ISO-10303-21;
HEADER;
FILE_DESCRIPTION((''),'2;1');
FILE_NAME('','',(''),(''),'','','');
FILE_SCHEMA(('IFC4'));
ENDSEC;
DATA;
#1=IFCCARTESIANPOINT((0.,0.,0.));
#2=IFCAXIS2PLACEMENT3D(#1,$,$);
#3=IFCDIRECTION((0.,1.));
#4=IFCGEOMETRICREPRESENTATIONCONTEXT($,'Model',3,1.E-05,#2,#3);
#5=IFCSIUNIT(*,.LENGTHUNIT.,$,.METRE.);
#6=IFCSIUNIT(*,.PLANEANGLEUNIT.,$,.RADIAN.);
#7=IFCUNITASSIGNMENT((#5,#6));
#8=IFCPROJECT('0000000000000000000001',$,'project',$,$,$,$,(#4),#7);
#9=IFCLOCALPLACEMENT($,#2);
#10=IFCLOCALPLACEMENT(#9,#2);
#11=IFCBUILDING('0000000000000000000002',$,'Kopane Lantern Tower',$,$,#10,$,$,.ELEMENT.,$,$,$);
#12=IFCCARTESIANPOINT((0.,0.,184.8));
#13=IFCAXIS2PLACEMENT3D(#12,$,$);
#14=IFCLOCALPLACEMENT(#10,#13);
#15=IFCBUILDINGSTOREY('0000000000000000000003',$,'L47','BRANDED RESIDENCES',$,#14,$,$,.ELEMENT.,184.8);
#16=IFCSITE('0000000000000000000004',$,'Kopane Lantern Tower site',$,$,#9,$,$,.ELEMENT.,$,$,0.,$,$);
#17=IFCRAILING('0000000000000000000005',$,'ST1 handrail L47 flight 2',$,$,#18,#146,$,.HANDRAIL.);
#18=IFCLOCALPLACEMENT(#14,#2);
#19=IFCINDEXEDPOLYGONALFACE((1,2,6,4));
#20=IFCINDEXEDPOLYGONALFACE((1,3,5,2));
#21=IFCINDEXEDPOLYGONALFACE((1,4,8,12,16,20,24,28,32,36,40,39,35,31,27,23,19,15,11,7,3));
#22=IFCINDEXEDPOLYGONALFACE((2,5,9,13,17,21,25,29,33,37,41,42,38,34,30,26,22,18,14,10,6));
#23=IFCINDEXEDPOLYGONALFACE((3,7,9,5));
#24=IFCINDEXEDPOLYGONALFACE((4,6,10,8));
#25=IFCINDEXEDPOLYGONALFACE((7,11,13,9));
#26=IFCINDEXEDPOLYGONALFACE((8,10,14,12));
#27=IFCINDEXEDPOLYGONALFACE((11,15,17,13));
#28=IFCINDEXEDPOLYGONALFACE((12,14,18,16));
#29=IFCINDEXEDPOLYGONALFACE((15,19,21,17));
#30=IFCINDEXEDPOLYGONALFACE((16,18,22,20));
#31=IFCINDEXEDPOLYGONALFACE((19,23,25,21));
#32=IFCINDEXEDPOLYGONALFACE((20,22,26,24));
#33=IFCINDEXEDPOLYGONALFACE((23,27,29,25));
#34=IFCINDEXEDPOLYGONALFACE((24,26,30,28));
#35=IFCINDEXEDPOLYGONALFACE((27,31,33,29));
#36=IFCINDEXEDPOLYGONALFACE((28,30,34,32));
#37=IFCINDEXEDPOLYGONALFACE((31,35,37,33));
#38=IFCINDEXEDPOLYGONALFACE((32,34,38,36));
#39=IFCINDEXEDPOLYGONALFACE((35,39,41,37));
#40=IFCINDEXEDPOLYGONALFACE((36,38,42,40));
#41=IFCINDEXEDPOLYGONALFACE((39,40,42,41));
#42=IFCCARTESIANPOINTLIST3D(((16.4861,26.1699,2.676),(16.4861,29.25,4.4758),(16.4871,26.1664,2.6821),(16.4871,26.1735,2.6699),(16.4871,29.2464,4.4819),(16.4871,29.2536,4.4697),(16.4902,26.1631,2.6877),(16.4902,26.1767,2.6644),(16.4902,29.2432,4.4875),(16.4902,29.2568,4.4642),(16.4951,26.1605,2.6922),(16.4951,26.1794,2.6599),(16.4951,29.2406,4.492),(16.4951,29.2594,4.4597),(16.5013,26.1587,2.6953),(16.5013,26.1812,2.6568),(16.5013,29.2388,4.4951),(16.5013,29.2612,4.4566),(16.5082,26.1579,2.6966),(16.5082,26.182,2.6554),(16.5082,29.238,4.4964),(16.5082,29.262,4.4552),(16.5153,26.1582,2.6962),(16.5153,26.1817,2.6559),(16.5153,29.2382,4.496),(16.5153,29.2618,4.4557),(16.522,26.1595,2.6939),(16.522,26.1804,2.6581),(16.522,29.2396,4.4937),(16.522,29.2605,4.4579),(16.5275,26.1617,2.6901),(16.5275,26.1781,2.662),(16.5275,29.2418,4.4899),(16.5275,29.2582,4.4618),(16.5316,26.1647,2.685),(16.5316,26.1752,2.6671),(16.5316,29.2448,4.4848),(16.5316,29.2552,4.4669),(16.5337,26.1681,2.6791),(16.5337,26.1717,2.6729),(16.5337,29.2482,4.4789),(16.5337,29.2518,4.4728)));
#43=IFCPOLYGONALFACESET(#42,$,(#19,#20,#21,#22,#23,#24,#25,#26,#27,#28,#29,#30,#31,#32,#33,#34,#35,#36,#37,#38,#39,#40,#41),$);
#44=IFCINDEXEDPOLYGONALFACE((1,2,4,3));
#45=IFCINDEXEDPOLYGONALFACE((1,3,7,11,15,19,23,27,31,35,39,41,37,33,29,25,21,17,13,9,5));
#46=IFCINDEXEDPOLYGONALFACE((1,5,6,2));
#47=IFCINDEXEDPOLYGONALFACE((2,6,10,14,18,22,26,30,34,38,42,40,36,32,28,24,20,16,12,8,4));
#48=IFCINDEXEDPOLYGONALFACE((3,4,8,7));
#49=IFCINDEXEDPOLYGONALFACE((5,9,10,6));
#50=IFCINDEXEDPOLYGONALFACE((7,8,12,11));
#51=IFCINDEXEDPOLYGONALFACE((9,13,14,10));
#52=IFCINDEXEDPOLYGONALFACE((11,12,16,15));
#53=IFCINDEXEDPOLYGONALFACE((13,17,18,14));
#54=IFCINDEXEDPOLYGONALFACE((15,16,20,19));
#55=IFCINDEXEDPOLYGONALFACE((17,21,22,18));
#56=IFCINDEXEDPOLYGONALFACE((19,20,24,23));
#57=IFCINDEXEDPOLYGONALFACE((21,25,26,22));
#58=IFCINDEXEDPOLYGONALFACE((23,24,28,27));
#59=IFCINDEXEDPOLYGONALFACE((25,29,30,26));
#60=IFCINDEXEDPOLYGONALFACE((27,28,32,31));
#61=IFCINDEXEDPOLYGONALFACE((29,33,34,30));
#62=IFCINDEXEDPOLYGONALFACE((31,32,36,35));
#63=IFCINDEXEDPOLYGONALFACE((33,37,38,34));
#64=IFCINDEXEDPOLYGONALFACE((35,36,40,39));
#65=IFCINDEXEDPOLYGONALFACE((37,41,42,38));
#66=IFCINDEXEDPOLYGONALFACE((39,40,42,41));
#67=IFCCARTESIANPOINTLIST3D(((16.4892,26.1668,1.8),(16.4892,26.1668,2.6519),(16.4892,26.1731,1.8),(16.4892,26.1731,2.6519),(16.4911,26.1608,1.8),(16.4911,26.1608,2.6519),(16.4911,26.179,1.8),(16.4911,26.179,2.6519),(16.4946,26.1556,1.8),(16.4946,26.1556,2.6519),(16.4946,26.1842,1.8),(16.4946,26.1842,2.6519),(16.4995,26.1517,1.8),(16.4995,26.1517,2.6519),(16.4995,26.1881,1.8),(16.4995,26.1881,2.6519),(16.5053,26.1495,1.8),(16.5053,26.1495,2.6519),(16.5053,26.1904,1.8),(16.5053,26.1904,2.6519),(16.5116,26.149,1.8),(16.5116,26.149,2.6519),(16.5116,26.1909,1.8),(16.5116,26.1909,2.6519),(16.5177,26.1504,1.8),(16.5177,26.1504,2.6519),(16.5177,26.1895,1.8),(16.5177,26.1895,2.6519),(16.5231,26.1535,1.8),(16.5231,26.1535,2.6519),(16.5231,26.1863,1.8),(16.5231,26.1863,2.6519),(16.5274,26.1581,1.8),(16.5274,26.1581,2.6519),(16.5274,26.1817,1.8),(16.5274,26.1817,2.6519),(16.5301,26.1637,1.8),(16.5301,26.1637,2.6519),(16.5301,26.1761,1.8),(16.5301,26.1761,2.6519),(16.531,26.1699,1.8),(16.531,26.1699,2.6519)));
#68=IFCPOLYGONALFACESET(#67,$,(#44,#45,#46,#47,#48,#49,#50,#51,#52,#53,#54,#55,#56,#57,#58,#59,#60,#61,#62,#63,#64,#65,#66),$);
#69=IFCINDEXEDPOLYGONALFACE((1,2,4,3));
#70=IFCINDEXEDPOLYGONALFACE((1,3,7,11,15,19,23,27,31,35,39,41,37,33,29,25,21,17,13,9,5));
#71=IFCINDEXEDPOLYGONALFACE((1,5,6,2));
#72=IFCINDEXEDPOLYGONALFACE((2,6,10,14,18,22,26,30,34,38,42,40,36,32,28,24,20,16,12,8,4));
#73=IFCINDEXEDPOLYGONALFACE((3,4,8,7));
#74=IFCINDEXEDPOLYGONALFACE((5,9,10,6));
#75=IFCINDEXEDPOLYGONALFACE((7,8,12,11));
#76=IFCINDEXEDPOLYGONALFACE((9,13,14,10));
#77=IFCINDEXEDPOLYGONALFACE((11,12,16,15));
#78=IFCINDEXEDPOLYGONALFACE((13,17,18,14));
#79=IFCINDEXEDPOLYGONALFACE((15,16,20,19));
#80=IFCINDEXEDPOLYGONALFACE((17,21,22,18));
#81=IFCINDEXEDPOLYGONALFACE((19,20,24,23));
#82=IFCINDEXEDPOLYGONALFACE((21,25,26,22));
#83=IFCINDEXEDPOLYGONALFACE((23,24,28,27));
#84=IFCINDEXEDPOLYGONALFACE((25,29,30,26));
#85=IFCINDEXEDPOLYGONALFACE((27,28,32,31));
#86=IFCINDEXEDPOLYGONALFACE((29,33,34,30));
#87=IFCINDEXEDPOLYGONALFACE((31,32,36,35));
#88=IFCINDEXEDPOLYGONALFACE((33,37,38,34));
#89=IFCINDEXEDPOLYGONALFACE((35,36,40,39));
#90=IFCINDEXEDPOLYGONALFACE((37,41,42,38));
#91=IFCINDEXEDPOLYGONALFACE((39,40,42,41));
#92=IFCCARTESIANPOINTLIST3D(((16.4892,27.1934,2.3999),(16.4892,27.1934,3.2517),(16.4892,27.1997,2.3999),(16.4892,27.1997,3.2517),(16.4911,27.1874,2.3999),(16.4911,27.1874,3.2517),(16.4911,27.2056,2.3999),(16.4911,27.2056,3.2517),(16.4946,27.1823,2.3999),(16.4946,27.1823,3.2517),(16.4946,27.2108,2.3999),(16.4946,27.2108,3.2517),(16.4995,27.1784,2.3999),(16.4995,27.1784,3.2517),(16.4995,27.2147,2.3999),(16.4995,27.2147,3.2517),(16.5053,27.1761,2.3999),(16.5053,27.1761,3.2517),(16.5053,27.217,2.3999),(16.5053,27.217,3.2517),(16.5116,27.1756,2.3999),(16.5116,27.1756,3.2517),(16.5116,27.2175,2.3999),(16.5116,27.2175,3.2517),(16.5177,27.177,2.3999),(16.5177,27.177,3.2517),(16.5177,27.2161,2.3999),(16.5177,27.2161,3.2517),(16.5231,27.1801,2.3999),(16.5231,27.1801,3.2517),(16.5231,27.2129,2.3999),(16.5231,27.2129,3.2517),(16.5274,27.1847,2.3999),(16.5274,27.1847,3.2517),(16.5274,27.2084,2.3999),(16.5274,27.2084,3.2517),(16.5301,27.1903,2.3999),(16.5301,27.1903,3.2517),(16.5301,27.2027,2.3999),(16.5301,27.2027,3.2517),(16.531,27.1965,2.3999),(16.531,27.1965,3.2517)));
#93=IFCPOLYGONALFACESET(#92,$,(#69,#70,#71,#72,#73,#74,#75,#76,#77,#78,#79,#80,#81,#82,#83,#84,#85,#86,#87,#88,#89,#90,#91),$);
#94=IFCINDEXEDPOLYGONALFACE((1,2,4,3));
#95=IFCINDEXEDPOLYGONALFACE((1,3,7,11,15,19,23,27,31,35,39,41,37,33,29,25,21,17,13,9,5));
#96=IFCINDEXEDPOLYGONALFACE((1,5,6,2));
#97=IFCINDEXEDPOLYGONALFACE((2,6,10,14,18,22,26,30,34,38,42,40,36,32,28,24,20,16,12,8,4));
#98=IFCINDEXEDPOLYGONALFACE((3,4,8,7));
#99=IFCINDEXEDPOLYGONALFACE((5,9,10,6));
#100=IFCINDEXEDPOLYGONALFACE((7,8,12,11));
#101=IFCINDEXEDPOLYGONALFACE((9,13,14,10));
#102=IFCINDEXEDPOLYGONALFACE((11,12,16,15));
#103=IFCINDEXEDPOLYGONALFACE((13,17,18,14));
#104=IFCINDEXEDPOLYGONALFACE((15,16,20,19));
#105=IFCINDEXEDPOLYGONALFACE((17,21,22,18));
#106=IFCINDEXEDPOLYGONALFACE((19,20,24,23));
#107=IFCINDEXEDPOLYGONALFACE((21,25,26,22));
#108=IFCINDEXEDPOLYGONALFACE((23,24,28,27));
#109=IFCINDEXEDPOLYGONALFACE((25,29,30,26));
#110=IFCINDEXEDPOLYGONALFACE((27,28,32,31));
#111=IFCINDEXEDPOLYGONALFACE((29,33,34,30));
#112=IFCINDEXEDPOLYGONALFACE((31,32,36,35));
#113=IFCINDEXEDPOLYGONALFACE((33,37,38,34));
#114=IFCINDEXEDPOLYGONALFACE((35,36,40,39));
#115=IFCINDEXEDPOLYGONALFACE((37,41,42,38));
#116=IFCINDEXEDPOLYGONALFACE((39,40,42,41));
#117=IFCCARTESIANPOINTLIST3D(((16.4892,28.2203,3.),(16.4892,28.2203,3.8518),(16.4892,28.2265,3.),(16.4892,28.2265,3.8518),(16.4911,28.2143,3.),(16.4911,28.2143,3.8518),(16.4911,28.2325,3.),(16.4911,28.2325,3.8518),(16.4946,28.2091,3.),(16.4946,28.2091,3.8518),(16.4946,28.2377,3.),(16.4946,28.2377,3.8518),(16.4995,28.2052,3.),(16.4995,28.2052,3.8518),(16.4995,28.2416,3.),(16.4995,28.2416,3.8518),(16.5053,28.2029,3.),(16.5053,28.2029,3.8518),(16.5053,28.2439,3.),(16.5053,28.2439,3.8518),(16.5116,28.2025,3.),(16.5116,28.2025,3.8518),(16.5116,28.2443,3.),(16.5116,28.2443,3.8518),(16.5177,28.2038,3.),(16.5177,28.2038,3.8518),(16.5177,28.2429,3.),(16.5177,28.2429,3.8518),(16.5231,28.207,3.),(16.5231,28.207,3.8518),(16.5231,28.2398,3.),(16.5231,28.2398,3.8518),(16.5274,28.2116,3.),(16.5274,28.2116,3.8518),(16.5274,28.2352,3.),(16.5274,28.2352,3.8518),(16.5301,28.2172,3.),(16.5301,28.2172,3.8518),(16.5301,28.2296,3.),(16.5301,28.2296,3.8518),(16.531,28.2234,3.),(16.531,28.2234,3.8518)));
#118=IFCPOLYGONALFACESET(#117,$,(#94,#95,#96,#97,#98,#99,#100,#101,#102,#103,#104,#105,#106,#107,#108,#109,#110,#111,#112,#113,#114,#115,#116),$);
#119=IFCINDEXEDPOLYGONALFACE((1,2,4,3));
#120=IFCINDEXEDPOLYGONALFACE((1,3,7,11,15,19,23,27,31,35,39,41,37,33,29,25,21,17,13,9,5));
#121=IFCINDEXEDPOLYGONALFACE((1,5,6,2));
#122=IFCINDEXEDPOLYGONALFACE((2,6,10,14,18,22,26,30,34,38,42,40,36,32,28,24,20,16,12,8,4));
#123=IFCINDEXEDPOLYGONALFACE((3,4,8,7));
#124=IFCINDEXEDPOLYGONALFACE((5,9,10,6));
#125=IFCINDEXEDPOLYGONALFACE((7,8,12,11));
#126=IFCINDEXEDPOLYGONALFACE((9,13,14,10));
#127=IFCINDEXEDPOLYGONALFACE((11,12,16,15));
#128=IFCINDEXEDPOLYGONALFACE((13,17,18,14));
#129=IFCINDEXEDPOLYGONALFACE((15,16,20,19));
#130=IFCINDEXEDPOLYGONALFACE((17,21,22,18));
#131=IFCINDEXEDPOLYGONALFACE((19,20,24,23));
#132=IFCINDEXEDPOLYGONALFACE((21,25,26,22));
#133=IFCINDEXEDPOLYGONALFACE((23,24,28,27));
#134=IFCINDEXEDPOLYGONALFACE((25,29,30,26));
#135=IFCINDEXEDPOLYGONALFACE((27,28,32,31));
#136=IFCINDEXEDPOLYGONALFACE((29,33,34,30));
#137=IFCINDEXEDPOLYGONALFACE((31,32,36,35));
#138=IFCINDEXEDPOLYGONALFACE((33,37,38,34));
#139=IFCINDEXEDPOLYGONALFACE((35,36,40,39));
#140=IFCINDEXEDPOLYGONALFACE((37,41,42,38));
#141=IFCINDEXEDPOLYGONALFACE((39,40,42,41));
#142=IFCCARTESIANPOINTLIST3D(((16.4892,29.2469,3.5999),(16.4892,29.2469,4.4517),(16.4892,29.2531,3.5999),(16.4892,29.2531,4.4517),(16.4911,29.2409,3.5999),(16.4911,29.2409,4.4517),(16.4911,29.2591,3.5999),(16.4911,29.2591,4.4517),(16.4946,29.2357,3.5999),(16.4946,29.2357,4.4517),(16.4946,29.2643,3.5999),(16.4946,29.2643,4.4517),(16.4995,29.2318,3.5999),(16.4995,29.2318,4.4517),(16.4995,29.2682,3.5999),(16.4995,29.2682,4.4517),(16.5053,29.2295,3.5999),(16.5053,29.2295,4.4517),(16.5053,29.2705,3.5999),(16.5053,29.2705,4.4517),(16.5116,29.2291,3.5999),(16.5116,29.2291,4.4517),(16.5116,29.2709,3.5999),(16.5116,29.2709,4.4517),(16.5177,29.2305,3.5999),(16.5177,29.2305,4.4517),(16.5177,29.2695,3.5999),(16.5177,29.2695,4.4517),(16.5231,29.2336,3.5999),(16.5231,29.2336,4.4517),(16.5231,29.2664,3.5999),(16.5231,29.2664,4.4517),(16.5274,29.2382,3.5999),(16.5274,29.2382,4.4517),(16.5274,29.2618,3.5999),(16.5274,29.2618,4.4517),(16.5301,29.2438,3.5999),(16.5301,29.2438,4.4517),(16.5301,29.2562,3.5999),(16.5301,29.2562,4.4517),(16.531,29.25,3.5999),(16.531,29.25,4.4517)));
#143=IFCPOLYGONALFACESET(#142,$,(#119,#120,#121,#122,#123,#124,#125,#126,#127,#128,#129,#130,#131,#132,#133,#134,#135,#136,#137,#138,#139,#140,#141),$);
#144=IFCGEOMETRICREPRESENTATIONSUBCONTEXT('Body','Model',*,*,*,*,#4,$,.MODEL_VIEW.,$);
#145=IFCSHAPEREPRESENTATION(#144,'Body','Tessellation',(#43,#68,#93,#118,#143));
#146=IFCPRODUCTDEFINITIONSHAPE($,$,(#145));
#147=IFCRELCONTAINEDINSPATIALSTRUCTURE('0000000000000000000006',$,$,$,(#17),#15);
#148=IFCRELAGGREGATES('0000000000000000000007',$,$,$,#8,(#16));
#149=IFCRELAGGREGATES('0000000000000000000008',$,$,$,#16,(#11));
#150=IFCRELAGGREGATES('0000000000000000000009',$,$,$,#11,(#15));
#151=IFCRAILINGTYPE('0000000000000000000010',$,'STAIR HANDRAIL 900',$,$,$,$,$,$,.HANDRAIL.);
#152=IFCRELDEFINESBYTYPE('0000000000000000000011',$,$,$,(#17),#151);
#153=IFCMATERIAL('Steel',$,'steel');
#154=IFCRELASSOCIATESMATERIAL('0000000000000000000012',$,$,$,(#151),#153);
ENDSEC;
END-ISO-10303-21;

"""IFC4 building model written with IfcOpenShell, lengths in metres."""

from ifc_helpers import new_model, si_unit, direction, frame, origin, origin_2d, place, context, subcontext, project, spatial, circle, extrude, material, type_object, element, save


model = new_model("IFC4")

# Units and contexts
model_context = context("Model", 3, precision=1e-05, world=origin(), true_north=direction((0.0, 1.0)))
body_context = subcontext(model_context, "Body", "Model", "MODEL_VIEW")
ifc_project = project(units=[si_unit("LENGTHUNIT", "METRE"), si_unit("PLANEANGLEUNIT", "RADIAN")], contexts=[model_context])

# Site, building, storey
site_placement = place(None, origin())
site = spatial("IfcSite", under=ifc_project, at=site_placement, Name="Kopane Lantern Tower site", CompositionType="ELEMENT", RefElevation=0.0)
building_placement = place(site_placement, origin())
building = spatial("IfcBuilding", under=site, at=building_placement, Name="Kopane Lantern Tower", CompositionType="ELEMENT")
storey_placement = place(building_placement, frame((0.0, 0.0, 184.8)))
storey = spatial("IfcBuildingStorey", under=building, at=storey_placement, Name="L47", Description="BRANDED RESIDENCES", CompositionType="ELEMENT", Elevation=184.8)

# Railing
ifc_material_1 = material(Name="Steel", Category="steel")
railing_type_1 = type_object("IfcRailingType", Name="STAIR HANDRAIL 900", PredefinedType="HANDRAIL", material=ifc_material_1)
for number, where, name in (
    (1, (16.51, 26.1699, 1.8), "ST1 handrail L47 flight 2"),
):
    element("IfcRailing", number, at=place(storey_placement, frame(where)), inside=storey, type_object=railing_type_1, Name=name, PredefinedType="HANDRAIL", context=body_context, shape_type="SweptSolid", body=[
        extrude(circle(Radius=0.0239, at=origin_2d()), frame((0.0, 0.0, 0.876), z_axis=(0.0, 0.863401, 0.504518), x_axis=(-1.0, 0.0, 0.0)), (0.0, 0.0, 1.0), 3.5674),
        extrude(circle(Radius=0.021, at=origin_2d()), origin(), (0.0, 0.0, 1.0), 0.8518),
        extrude(circle(Radius=0.021, at=origin_2d()), frame((0.0, 1.0266, 0.5999)), (0.0, 0.0, 1.0), 0.8518),
        extrude(circle(Radius=0.021, at=origin_2d()), frame((0.0, 2.0535, 1.2)), (0.0, 0.0, 1.0), 0.8518),
        extrude(circle(Radius=0.021, at=origin_2d()), frame((0.0, 3.0801, 1.7998)), (0.0, 0.0, 1.0), 0.8518),
    ])

save(model, "model.ifc")
